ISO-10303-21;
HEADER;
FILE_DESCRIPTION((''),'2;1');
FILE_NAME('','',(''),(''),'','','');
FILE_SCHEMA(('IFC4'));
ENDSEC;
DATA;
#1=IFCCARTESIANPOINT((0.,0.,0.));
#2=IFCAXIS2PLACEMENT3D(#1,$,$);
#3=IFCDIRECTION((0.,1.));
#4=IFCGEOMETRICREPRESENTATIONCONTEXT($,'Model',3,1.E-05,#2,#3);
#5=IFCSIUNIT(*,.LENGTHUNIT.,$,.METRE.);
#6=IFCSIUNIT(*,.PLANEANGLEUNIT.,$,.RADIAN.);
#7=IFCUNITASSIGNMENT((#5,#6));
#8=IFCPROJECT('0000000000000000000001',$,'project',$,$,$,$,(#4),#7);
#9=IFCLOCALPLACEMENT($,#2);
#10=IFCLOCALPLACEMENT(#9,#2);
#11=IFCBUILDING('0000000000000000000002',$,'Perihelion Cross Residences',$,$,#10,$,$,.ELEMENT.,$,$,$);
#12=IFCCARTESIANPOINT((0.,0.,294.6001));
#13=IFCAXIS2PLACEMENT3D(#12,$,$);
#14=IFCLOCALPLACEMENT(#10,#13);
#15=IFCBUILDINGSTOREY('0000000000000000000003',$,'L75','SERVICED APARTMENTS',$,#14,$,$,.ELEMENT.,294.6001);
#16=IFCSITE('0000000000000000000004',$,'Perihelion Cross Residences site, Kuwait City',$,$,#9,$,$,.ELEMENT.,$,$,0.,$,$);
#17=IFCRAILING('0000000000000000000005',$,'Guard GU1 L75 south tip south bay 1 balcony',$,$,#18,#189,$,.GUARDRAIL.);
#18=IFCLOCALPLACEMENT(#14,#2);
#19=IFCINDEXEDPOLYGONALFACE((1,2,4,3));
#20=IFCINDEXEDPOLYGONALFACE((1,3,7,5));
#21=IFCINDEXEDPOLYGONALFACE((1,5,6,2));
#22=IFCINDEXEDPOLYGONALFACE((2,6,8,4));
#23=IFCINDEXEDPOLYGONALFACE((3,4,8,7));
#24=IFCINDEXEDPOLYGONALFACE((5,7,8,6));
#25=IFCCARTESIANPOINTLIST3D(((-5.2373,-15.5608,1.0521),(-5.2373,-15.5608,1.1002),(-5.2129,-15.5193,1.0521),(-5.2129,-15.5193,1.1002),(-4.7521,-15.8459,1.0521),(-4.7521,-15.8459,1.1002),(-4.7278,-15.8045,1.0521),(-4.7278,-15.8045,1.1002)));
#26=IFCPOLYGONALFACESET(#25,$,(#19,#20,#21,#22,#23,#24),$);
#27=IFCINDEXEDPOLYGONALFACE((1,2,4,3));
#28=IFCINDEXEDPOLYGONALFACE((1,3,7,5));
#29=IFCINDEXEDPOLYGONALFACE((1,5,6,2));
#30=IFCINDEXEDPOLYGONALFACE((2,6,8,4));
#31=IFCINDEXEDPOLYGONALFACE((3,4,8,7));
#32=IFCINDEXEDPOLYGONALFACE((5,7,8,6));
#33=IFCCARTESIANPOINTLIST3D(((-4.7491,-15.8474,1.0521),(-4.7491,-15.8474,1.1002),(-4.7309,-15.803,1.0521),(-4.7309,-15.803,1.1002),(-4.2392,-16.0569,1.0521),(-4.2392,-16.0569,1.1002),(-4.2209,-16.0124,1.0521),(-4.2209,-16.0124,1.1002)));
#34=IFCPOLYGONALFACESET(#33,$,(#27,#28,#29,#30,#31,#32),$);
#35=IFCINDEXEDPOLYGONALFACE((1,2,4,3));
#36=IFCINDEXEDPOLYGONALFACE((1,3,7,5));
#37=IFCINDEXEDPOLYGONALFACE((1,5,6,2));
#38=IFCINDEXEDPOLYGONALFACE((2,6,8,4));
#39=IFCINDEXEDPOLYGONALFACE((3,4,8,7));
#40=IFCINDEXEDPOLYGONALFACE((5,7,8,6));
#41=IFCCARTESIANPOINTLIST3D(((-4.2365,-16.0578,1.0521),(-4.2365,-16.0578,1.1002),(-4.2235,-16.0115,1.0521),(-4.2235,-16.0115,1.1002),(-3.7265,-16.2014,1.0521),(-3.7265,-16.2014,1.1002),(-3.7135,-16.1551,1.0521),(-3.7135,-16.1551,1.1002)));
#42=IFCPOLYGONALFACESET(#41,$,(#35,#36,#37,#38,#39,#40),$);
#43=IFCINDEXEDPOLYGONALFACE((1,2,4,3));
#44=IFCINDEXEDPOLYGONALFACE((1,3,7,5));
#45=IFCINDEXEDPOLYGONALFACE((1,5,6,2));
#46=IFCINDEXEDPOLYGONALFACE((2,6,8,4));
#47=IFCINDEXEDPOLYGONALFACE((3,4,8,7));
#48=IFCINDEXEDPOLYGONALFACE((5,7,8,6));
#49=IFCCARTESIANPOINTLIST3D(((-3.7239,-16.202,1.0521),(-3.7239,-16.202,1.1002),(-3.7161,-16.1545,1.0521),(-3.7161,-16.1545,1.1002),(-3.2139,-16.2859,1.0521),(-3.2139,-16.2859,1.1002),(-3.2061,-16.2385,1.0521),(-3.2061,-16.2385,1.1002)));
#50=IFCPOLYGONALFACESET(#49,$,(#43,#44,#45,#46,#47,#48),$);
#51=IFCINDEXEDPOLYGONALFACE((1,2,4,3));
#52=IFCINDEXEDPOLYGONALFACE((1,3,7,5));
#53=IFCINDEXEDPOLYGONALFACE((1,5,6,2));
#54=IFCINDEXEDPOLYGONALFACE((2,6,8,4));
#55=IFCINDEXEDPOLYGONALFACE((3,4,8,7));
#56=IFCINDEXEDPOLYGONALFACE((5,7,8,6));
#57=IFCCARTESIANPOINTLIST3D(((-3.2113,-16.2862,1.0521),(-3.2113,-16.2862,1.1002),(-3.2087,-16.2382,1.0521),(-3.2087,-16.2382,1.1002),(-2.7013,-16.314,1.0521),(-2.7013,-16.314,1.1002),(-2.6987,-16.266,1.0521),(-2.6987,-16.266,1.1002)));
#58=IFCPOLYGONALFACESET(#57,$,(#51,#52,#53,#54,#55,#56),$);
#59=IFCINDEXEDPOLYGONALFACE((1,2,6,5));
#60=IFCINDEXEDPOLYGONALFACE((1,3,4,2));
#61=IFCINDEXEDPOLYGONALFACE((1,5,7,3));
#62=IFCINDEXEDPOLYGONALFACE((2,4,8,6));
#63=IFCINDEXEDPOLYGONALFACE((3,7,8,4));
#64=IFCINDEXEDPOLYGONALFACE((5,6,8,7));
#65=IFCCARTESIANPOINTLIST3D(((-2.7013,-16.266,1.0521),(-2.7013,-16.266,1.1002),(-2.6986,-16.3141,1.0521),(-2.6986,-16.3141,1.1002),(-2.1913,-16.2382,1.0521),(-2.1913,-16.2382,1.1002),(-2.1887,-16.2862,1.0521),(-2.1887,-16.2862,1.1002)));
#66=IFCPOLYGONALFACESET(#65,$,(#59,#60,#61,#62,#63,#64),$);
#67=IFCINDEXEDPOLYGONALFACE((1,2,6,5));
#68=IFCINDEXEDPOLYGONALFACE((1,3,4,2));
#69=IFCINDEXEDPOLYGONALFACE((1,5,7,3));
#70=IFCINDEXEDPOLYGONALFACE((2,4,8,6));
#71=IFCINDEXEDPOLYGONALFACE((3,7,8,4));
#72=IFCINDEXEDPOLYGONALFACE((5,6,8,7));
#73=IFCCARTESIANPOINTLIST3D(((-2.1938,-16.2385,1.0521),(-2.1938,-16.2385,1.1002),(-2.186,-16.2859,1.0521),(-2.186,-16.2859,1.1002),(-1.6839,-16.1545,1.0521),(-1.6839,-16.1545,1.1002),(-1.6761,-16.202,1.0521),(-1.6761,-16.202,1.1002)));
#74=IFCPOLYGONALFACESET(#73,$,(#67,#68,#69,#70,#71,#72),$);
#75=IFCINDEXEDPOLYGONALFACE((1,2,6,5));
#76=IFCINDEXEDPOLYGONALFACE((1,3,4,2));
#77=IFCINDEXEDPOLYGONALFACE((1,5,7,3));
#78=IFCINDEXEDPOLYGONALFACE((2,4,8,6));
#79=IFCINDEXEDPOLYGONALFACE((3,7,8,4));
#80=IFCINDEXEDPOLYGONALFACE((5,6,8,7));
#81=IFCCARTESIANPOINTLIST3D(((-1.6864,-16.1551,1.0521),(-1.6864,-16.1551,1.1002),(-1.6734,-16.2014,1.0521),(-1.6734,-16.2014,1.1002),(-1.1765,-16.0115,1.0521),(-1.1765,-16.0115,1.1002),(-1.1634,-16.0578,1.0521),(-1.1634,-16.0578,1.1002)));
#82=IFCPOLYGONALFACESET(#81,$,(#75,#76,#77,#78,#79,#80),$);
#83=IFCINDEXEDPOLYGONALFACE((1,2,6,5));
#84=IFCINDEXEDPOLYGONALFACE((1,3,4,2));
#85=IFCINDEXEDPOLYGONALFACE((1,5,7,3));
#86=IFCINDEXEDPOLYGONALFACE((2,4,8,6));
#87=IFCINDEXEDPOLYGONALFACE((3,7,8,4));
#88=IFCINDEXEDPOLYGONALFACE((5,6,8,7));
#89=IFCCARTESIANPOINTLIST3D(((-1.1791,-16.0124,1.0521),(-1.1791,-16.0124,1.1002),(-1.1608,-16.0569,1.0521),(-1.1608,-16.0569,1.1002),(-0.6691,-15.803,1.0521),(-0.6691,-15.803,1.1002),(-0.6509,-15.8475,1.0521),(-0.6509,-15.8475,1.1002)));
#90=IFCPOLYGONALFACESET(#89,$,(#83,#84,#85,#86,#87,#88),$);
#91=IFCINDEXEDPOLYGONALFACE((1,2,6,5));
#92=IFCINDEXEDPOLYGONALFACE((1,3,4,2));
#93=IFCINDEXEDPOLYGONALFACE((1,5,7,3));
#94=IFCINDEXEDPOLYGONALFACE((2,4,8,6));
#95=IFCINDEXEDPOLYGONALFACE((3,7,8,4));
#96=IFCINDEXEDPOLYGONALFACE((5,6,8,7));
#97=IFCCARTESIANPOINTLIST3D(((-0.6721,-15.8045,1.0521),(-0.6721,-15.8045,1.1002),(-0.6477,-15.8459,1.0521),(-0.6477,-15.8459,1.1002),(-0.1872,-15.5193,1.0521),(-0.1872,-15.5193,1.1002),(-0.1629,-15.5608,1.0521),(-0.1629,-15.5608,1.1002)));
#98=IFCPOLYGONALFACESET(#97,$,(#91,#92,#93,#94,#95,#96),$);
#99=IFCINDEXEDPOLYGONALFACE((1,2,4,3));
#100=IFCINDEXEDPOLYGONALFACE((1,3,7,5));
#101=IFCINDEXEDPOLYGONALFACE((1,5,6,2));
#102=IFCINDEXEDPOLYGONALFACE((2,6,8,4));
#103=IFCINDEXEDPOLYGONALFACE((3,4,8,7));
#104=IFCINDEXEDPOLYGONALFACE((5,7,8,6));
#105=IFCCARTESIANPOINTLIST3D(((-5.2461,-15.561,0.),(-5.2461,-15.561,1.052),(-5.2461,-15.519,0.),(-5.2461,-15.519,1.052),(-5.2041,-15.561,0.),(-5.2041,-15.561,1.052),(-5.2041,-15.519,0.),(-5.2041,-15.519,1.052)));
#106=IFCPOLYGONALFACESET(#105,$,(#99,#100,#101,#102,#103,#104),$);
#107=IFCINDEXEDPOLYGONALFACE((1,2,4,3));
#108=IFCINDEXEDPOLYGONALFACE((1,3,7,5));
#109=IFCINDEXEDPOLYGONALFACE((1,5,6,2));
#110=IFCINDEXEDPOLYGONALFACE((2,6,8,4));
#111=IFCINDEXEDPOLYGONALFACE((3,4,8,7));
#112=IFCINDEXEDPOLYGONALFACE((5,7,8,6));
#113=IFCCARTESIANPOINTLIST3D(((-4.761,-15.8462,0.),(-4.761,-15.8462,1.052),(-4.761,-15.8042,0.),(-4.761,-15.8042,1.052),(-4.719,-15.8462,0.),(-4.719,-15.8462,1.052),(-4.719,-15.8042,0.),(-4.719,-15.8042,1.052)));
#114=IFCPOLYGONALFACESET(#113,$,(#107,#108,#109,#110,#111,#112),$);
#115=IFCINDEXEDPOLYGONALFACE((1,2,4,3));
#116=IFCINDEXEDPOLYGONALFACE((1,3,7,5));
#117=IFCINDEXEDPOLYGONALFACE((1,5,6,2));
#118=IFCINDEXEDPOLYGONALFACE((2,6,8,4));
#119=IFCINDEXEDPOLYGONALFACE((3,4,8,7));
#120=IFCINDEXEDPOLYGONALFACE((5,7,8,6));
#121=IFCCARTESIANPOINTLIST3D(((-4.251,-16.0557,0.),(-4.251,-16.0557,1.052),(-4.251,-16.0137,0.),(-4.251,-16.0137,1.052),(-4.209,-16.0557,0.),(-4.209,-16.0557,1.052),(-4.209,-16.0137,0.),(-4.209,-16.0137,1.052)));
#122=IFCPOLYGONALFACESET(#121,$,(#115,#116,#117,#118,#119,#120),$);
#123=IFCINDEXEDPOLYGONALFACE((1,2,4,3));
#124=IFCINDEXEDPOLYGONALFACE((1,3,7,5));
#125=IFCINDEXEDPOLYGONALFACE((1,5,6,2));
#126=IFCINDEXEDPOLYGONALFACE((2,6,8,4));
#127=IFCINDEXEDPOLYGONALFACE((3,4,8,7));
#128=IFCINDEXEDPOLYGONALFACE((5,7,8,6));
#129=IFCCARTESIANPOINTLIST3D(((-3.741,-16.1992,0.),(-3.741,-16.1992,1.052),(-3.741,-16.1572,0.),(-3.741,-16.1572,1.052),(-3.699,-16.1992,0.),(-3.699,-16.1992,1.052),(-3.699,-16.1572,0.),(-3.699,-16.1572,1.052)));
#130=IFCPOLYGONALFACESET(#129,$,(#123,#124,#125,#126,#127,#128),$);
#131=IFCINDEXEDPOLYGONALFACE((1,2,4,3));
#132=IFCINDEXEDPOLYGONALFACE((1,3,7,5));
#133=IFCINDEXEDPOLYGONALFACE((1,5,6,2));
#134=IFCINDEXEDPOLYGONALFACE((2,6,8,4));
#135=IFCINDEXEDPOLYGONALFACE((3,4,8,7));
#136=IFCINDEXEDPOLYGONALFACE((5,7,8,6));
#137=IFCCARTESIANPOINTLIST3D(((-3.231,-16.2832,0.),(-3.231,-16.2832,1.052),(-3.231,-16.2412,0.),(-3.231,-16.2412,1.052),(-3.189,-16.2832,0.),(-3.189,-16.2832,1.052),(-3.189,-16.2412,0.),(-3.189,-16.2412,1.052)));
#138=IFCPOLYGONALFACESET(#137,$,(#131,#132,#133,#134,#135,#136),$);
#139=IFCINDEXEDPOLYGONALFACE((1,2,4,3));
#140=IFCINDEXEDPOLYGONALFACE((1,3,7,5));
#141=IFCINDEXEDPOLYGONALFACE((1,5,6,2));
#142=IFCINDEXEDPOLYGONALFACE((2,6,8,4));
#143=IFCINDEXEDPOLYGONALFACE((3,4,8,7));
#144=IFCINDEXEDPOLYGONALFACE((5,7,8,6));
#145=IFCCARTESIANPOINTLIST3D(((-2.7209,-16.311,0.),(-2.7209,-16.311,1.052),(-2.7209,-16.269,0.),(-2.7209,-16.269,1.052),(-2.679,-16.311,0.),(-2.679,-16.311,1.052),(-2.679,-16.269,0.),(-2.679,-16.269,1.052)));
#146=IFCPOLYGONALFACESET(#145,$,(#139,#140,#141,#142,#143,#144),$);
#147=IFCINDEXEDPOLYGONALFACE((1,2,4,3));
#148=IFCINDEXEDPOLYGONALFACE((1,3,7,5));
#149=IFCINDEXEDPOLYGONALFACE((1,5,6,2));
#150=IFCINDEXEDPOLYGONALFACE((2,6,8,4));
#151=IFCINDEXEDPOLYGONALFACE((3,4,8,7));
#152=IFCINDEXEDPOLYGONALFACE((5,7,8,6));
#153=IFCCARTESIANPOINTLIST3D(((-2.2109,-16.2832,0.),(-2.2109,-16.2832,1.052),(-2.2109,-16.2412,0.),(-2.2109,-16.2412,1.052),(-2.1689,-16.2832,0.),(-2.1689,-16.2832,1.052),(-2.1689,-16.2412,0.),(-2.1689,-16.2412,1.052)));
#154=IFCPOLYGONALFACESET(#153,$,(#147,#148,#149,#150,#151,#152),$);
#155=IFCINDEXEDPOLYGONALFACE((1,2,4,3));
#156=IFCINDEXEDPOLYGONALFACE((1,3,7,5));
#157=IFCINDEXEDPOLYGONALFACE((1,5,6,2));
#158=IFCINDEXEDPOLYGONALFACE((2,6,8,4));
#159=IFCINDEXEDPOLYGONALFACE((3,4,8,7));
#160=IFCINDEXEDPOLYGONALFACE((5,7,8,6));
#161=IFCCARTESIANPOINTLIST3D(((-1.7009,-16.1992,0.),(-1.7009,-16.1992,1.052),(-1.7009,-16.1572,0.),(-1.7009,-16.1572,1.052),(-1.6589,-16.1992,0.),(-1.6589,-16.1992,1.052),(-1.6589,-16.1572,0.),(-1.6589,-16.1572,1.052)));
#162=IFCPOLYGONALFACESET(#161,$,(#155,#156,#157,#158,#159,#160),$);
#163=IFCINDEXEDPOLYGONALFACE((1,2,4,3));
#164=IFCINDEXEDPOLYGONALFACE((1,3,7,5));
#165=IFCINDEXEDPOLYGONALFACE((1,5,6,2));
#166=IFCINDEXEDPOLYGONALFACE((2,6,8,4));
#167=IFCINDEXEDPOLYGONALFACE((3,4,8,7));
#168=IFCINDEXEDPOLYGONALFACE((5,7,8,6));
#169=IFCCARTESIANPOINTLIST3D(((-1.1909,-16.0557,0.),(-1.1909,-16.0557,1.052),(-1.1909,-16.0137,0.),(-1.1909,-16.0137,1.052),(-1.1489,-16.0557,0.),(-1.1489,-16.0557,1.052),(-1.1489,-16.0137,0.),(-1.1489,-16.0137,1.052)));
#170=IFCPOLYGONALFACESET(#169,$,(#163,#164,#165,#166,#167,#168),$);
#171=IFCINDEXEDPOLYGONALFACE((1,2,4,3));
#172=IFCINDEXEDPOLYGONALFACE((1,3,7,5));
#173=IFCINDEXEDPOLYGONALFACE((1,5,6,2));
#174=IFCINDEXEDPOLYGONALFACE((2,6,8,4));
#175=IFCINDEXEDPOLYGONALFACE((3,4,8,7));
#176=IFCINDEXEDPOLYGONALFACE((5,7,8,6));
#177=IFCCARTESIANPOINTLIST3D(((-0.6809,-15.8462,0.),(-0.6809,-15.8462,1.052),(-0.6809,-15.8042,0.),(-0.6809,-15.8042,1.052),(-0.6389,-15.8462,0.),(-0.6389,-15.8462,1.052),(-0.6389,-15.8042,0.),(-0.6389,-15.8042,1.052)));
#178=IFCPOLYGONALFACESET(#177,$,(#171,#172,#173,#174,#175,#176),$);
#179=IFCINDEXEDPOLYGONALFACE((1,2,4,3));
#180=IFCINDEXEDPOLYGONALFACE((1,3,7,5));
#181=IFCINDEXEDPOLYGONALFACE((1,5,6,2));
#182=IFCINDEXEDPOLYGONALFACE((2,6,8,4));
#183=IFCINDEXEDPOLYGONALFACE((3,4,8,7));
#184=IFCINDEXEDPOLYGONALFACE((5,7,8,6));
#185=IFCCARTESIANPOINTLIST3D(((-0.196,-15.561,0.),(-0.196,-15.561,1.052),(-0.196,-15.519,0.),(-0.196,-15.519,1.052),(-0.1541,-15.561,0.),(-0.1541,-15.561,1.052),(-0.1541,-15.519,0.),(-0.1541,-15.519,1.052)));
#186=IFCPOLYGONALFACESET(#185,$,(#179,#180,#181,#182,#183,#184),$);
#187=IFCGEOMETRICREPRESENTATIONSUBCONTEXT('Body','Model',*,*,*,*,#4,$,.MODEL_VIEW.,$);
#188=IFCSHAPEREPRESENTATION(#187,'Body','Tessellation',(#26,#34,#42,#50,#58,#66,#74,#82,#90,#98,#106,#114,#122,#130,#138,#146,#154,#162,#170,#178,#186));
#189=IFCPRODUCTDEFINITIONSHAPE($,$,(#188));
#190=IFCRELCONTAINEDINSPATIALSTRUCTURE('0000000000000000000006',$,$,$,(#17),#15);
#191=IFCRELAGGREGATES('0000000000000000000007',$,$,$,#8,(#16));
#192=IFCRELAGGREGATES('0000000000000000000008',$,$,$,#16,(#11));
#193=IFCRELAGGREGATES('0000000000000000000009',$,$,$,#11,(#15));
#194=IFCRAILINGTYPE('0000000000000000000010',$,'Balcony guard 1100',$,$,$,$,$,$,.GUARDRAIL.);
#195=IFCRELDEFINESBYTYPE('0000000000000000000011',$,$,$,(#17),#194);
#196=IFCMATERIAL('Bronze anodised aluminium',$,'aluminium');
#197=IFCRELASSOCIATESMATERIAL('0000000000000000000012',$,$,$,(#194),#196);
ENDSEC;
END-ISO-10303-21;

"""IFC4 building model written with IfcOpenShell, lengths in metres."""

from ifc_helpers import new_model, si_unit, direction, frame, origin, origin_2d, place, context, subcontext, project, spatial, rectangle, extrude, material, type_object, element, save


model = new_model("IFC4")

# Units and contexts
model_context = context("Model", 3, precision=1e-05, world=origin(), true_north=direction((0.0, 1.0)))
body_context = subcontext(model_context, "Body", "Model", "MODEL_VIEW")
ifc_project = project(units=[si_unit("LENGTHUNIT", "METRE"), si_unit("PLANEANGLEUNIT", "RADIAN")], contexts=[model_context])

# Site, building, storey
site_placement = place(None, origin())
site = spatial("IfcSite", under=ifc_project, at=site_placement, Name="Perihelion Cross Residences site, Kuwait City", CompositionType="ELEMENT", RefElevation=0.0)
building_placement = place(site_placement, origin())
building = spatial("IfcBuilding", under=site, at=building_placement, Name="Perihelion Cross Residences", CompositionType="ELEMENT")
storey_placement = place(building_placement, frame((0.0, 0.0, 294.6001)))
storey = spatial("IfcBuildingStorey", under=building, at=storey_placement, Name="L75", Description="SERVICED APARTMENTS", CompositionType="ELEMENT", Elevation=294.6001)

# Railing
ifc_material_1 = material(Name="Bronze anodised aluminium", Category="aluminium")
railing_type = type_object("IfcRailingType", Name="Balcony guard 1100", PredefinedType="GUARDRAIL", material=ifc_material_1)
railing_1_placement = place(storey_placement, frame((-5.2251, -15.54, 0.0)))
element("IfcRailing", 1, at=railing_1_placement, inside=storey, type_object=railing_type, Name="Guard GU1 L75 south tip south bay 1 balcony", PredefinedType="GUARDRAIL", context=body_context, shape_type="SweptSolid", body=[
    extrude(rectangle(XDim=0.0481, YDim=0.0481, at=origin_2d()), frame((0.0, 0.0, 1.0762), z_axis=(0.86209, -0.506755, 0.0), x_axis=(0.506755, 0.86209, 0.0)), (0.0, 0.0, 1.0), 0.5627),
    extrude(rectangle(XDim=0.0481, YDim=0.0481, at=origin_2d()), frame((0.4851, -0.2852, 1.0762), z_axis=(0.925017, -0.379926, 0.0), x_axis=(0.379926, 0.925017, 0.0)), (0.0, 0.0, 1.0), 0.5513),
    extrude(rectangle(XDim=0.0481, YDim=0.0481, at=origin_2d()), frame((0.9951, -0.4946, 1.0762), z_axis=(0.962595, -0.270946, 0.0), x_axis=(0.270946, 0.962595, 0.0)), (0.0, 0.0, 1.0), 0.5298),
    extrude(rectangle(XDim=0.0481, YDim=0.0481, at=origin_2d()), frame((1.5051, -0.6382, 1.0762), z_axis=(0.986711, -0.162484, 0.0), x_axis=(0.162484, 0.986711, 0.0)), (0.0, 0.0, 1.0), 0.5168),
    extrude(rectangle(XDim=0.0481, YDim=0.0481, at=origin_2d()), frame((2.0151, -0.7222, 1.0762), z_axis=(0.998514, -0.05449, 0.0), x_axis=(0.05449, 0.998514, 0.0)), (0.0, 0.0, 1.0), 0.5107),
    extrude(rectangle(XDim=0.0481, YDim=0.0481, at=origin_2d()), frame((2.5251, -0.75, 1.0762), z_axis=(0.998514, 0.05449, 0.0), x_axis=(-0.05449, 0.998514, 0.0)), (0.0, 0.0, 1.0), 0.5107),
    extrude(rectangle(XDim=0.0481, YDim=0.0481, at=origin_2d()), frame((3.0352, -0.7222, 1.0762), z_axis=(0.986711, 0.162484, 0.0), x_axis=(-0.162484, 0.986711, 0.0)), (0.0, 0.0, 1.0), 0.5168),
    extrude(rectangle(XDim=0.0481, YDim=0.0481, at=origin_2d()), frame((3.5452, -0.6382, 1.0762), z_axis=(0.962595, 0.270946, 0.0), x_axis=(-0.270946, 0.962595, 0.0)), (0.0, 0.0, 1.0), 0.5298),
    extrude(rectangle(XDim=0.0481, YDim=0.0481, at=origin_2d()), frame((4.0552, -0.4946, 1.0762), z_axis=(0.925017, 0.379926, 0.0), x_axis=(-0.379926, 0.925017, 0.0)), (0.0, 0.0, 1.0), 0.5513),
    extrude(rectangle(XDim=0.0481, YDim=0.0481, at=origin_2d()), frame((4.5652, -0.2852, 1.0762), z_axis=(0.861979, 0.506944, 0.0), x_axis=(-0.506944, 0.861979, 0.0)), (0.0, 0.0, 1.0), 0.5625),
    extrude(rectangle(XDim=0.042, YDim=0.042, at=origin_2d()), origin(), (0.0, 0.0, 1.0), 1.052),
    extrude(rectangle(XDim=0.042, YDim=0.042, at=origin_2d()), frame((0.4851, -0.2852, 0.0)), (0.0, 0.0, 1.0), 1.052),
    extrude(rectangle(XDim=0.042, YDim=0.042, at=origin_2d()), frame((0.9951, -0.4946, 0.0)), (0.0, 0.0, 1.0), 1.052),
    extrude(rectangle(XDim=0.042, YDim=0.042, at=origin_2d()), frame((1.5051, -0.6382, 0.0)), (0.0, 0.0, 1.0), 1.052),
    extrude(rectangle(XDim=0.042, YDim=0.042, at=origin_2d()), frame((2.0151, -0.7222, 0.0)), (0.0, 0.0, 1.0), 1.052),
    extrude(rectangle(XDim=0.042, YDim=0.042, at=origin_2d()), frame((2.5251, -0.75, 0.0)), (0.0, 0.0, 1.0), 1.052),
    extrude(rectangle(XDim=0.042, YDim=0.042, at=origin_2d()), frame((3.0352, -0.7222, 0.0)), (0.0, 0.0, 1.0), 1.052),
    extrude(rectangle(XDim=0.042, YDim=0.042, at=origin_2d()), frame((3.5452, -0.6382, 0.0)), (0.0, 0.0, 1.0), 1.052),
    extrude(rectangle(XDim=0.042, YDim=0.042, at=origin_2d()), frame((4.0552, -0.4946, 0.0)), (0.0, 0.0, 1.0), 1.052),
    extrude(rectangle(XDim=0.042, YDim=0.042, at=origin_2d()), frame((4.5652, -0.2852, 0.0)), (0.0, 0.0, 1.0), 1.052),
    extrude(rectangle(XDim=0.042, YDim=0.042, at=origin_2d()), frame((5.05, 0.0, 0.0)), (0.0, 0.0, 1.0), 1.052),
])

save(model, "model.ifc")
